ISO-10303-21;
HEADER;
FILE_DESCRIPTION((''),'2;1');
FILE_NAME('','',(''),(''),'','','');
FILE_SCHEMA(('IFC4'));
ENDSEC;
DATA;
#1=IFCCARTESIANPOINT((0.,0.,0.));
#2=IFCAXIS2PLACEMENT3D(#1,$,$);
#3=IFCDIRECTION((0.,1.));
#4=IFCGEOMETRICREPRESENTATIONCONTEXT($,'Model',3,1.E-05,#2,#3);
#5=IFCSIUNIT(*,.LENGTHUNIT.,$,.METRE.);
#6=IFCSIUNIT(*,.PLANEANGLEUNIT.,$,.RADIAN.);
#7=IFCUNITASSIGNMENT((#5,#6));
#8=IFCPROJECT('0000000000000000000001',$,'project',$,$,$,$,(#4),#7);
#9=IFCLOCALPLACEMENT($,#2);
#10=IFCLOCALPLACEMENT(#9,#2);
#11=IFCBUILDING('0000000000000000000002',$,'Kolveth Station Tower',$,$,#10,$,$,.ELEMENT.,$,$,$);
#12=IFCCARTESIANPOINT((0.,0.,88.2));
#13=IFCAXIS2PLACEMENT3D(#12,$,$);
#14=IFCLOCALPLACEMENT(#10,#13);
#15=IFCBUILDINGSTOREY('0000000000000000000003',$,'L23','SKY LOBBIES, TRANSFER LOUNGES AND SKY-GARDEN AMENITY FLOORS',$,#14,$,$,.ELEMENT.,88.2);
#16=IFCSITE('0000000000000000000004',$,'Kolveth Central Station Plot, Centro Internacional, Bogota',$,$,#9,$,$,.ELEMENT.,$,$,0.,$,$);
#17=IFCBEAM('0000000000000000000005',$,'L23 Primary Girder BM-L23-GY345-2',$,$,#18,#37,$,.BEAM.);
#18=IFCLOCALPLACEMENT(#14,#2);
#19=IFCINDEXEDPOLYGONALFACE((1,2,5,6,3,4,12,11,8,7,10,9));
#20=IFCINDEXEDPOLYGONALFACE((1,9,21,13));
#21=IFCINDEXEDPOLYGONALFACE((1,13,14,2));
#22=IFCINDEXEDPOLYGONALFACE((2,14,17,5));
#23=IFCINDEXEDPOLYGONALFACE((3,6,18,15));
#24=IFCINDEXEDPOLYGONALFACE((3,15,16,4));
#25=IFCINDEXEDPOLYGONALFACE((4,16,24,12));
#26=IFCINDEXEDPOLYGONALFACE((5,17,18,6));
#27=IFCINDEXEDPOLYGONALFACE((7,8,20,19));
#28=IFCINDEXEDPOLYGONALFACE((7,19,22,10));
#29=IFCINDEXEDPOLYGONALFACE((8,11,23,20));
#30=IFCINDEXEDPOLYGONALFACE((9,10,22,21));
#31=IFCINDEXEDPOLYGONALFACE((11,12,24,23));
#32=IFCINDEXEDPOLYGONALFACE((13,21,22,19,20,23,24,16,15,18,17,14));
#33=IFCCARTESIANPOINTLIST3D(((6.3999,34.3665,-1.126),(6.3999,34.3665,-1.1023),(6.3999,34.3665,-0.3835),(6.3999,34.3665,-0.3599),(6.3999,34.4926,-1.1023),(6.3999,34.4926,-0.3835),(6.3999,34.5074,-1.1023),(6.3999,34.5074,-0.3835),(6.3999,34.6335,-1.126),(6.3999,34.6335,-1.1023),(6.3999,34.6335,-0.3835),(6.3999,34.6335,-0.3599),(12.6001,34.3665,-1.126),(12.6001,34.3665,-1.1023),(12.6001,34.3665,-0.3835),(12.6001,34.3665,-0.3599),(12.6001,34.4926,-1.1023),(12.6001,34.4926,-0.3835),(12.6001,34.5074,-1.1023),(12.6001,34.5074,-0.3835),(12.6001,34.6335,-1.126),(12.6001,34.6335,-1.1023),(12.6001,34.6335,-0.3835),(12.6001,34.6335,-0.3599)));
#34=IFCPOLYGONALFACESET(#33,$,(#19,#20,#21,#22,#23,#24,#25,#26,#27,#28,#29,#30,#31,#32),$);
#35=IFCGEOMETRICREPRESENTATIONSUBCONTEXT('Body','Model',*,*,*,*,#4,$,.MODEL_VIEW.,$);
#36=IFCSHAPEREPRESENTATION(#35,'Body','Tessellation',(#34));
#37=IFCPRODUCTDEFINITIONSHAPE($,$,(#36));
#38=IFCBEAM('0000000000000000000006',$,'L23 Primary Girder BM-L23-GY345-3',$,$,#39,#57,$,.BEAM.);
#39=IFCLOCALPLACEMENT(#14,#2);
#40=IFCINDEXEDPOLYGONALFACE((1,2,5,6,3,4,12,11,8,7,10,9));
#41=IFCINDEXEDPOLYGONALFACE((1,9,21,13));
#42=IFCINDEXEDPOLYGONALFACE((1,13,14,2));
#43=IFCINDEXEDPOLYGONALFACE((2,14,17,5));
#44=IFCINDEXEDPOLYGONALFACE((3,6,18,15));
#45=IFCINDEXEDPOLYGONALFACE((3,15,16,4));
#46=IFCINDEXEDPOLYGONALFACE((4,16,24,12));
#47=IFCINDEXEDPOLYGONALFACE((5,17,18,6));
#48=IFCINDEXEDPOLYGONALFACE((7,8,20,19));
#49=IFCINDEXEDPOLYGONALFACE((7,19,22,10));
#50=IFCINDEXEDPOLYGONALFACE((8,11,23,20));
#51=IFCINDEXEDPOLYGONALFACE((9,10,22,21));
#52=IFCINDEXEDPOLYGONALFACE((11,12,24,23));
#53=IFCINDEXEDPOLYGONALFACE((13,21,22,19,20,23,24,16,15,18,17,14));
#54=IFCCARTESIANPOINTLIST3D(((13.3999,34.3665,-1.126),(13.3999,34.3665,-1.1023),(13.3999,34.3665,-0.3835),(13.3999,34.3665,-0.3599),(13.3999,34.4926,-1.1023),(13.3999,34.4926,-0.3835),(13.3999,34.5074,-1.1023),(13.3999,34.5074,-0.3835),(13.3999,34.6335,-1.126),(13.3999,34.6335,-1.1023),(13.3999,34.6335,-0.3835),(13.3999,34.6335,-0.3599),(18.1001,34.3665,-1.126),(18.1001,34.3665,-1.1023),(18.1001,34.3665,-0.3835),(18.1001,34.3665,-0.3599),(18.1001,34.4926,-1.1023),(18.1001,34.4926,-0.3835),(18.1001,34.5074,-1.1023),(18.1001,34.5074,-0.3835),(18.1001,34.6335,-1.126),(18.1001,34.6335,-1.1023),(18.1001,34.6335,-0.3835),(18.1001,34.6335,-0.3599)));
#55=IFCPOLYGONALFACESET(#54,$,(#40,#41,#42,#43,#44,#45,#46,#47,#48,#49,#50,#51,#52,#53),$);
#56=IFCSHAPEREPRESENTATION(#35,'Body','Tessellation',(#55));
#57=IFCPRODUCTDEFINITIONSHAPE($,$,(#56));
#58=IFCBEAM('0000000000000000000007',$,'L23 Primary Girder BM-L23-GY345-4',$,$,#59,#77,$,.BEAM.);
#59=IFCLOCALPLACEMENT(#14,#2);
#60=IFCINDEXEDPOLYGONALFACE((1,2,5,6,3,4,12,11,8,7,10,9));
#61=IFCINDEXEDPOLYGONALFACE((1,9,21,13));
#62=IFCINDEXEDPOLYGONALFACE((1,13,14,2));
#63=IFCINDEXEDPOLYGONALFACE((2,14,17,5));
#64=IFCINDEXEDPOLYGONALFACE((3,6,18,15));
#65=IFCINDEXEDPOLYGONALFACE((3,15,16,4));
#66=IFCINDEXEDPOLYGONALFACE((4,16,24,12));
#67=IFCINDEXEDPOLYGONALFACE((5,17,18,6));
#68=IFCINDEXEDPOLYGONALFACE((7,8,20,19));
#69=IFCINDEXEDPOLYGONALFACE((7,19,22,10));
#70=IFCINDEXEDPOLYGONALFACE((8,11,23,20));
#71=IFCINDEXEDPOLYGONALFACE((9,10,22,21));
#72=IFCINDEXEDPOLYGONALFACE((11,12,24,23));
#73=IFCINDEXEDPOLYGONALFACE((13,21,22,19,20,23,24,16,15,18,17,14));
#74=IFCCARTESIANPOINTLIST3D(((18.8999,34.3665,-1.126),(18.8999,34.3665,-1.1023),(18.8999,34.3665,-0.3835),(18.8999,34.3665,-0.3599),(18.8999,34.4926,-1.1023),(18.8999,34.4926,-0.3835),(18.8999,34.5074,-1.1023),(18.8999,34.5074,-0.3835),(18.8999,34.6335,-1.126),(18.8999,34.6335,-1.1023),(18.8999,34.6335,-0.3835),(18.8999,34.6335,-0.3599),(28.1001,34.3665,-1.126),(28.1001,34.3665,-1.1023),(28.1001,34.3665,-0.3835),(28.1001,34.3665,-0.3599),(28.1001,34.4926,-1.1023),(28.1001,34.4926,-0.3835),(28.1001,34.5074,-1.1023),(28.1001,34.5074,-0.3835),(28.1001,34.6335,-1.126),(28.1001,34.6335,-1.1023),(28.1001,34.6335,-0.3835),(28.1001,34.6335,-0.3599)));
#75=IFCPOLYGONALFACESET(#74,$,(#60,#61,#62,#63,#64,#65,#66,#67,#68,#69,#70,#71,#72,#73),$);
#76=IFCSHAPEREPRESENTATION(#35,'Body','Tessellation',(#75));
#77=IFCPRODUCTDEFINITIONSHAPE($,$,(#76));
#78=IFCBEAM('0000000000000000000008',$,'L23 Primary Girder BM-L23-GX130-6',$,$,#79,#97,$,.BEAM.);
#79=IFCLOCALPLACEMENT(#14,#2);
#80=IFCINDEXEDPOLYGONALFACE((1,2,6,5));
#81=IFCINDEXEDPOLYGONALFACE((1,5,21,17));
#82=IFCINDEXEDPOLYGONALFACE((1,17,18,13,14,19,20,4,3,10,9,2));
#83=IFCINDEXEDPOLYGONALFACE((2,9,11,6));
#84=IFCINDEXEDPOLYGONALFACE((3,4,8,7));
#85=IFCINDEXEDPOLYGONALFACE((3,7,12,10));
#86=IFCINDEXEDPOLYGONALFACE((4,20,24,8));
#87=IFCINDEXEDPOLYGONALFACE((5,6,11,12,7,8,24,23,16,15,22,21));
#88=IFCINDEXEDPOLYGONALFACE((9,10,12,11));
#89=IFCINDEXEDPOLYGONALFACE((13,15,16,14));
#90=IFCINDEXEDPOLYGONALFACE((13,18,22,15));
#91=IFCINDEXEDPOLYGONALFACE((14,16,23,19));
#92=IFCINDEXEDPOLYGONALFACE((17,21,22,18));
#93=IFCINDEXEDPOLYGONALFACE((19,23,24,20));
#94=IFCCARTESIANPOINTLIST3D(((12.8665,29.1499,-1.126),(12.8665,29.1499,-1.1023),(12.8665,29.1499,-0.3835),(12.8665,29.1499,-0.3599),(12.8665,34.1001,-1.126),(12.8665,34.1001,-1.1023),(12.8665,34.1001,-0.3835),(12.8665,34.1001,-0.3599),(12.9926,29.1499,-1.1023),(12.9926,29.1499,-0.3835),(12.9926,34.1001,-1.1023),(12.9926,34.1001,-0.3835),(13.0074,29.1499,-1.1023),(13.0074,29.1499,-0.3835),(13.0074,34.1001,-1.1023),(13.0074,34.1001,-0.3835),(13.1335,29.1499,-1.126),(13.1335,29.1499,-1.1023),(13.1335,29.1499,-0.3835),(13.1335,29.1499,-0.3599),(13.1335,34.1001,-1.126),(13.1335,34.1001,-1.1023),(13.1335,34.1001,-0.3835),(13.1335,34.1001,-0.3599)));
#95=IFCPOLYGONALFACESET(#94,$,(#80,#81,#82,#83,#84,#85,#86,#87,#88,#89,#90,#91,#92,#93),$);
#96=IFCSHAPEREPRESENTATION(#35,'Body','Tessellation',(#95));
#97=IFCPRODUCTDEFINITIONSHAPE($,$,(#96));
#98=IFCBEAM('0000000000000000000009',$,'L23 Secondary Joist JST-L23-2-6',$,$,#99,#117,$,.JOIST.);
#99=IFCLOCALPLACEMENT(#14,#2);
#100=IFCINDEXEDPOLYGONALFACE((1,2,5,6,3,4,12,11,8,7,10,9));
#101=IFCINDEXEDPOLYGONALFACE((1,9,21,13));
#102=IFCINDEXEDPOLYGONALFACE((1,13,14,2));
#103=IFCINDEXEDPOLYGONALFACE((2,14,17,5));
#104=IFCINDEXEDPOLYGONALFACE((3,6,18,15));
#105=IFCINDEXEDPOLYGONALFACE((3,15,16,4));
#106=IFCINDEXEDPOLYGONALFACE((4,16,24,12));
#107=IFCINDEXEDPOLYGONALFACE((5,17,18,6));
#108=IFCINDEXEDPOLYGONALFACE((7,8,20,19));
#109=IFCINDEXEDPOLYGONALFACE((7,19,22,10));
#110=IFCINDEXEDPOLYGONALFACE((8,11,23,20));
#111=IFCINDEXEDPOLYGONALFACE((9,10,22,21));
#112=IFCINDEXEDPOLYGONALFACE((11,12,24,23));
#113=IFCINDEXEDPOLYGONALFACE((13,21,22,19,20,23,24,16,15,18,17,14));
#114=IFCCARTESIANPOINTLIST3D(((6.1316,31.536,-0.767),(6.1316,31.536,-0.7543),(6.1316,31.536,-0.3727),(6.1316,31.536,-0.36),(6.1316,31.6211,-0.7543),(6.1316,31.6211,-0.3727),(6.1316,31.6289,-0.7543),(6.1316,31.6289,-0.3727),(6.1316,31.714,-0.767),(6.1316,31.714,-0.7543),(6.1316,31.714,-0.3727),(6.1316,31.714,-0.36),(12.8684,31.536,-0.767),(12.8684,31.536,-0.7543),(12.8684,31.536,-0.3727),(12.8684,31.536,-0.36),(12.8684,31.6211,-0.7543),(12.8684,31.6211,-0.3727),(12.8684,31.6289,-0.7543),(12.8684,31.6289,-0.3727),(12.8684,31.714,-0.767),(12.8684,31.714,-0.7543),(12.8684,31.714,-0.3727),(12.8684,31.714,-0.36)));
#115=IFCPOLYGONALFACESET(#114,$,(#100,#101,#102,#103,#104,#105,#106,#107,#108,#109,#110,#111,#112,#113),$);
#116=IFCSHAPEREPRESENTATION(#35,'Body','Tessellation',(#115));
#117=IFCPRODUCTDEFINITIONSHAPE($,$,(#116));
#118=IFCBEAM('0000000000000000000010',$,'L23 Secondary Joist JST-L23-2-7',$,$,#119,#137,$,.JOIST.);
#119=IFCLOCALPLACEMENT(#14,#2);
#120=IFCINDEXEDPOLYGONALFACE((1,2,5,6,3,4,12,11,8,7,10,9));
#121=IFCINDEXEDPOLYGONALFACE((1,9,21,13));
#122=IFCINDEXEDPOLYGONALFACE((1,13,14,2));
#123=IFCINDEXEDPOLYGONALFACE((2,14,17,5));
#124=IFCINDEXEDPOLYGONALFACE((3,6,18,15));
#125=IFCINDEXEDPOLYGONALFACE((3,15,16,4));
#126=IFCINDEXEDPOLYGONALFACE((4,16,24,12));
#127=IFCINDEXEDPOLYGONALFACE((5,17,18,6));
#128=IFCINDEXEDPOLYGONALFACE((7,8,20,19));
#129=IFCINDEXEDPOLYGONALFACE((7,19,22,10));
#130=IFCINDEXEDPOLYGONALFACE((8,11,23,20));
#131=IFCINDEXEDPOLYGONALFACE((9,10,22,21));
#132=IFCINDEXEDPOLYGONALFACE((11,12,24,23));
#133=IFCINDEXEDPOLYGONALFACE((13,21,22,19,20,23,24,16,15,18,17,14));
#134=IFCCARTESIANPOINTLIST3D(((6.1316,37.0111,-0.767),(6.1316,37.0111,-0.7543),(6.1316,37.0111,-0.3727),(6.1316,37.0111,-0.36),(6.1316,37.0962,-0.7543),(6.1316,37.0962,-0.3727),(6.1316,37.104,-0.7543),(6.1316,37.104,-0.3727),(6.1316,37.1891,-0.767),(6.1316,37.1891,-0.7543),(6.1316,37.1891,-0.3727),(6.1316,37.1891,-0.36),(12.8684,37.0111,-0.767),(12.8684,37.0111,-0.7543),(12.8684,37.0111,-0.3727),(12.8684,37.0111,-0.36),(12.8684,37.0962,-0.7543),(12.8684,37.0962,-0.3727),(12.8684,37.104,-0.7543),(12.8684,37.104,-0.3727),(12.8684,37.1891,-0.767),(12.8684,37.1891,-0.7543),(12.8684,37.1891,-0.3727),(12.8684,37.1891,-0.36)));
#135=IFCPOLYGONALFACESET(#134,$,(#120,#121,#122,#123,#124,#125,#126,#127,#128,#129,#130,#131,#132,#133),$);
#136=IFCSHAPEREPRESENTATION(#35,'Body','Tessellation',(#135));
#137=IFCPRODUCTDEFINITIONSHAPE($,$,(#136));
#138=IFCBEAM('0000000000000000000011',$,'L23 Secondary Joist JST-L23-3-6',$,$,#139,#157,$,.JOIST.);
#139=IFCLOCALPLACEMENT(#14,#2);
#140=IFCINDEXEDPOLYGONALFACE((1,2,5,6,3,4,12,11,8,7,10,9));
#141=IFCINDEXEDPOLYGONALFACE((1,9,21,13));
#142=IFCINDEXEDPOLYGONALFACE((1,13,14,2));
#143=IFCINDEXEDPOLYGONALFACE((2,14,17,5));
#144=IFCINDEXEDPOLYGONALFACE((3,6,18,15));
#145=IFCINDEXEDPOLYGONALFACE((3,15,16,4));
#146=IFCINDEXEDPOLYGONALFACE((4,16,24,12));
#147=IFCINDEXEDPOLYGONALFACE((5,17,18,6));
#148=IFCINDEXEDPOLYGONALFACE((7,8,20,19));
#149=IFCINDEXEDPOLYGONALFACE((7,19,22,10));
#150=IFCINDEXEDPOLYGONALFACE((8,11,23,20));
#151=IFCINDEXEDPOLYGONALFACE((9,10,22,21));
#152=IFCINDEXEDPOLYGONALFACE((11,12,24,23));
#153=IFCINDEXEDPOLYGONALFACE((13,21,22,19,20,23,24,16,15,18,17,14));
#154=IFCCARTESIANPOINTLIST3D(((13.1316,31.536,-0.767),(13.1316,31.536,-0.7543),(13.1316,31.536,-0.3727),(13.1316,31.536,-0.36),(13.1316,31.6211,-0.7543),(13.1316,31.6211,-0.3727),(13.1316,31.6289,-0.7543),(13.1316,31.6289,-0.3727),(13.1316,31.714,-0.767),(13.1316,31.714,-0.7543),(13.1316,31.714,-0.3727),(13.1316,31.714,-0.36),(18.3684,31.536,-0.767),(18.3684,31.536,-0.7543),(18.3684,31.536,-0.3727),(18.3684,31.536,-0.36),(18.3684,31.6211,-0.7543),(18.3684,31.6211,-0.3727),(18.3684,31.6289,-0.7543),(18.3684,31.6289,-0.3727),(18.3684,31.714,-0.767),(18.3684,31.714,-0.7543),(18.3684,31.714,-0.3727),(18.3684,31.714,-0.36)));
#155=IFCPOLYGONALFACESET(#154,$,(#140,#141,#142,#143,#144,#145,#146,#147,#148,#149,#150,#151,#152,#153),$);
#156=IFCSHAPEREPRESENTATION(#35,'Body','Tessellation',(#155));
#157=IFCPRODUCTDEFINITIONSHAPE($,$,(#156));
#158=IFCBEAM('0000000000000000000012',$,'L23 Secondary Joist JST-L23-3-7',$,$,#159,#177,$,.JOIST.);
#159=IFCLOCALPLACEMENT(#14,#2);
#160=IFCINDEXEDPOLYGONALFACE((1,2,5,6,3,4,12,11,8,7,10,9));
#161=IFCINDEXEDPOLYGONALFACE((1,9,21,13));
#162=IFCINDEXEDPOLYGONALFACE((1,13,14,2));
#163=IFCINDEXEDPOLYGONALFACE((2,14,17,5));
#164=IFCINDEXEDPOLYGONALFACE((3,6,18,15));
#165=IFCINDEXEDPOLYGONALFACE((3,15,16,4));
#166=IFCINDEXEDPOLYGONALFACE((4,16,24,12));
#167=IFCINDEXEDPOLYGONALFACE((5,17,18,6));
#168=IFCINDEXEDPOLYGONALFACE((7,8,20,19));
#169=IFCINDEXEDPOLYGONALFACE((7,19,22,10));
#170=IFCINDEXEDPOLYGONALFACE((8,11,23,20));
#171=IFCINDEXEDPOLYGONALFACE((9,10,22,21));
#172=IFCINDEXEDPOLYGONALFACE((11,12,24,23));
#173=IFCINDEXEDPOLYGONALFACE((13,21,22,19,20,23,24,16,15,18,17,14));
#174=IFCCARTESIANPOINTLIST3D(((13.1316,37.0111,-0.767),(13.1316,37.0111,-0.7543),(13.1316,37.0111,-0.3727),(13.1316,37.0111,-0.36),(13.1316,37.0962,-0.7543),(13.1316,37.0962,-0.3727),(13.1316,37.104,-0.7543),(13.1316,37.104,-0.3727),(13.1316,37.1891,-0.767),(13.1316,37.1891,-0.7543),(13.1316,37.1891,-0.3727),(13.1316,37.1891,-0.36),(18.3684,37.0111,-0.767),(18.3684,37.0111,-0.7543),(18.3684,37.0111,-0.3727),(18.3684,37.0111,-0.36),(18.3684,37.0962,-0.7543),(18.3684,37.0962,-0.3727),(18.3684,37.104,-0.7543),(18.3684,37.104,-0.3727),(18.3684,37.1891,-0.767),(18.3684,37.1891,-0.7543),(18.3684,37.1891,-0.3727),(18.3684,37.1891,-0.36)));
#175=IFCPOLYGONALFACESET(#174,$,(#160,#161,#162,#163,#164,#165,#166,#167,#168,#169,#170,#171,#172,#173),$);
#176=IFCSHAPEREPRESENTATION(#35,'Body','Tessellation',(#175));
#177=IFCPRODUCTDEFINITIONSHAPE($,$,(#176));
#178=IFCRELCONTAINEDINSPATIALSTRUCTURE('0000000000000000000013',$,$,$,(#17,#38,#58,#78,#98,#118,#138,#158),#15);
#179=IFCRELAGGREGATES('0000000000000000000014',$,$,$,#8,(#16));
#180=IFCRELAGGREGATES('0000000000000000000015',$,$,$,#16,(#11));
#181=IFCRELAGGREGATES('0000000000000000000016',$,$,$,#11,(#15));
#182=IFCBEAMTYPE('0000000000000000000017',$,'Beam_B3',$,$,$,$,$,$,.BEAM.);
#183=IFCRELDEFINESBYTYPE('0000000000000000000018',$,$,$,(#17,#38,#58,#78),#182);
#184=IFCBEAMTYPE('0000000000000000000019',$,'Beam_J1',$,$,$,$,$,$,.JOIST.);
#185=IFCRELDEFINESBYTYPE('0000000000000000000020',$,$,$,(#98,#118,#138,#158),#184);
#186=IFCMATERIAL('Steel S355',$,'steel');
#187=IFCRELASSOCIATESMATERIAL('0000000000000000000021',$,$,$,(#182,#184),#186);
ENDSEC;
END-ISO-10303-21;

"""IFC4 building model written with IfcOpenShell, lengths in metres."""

from ifc_helpers import new_model, si_unit, direction, frame, origin, origin_2d, place, context, subcontext, project, spatial, i_section, extrude, source, transform, mapped, material, material_profile, profile_set, type_object, element, save


model = new_model("IFC4")

# Units and contexts
model_context = context("Model", 3, precision=1e-05, world=origin(), true_north=direction((0.0, 1.0)))
body_context = subcontext(model_context, "Body", "Model", "MODEL_VIEW")
ifc_project = project(units=[si_unit("LENGTHUNIT", "METRE"), si_unit("PLANEANGLEUNIT", "RADIAN")], contexts=[model_context])

# Site, building, storey
site_placement = place(None, origin())
site = spatial("IfcSite", under=ifc_project, at=site_placement, Name="Kolveth Central Station Plot, Centro Internacional, Bogota", CompositionType="ELEMENT", RefElevation=0.0)
building_placement = place(site_placement, origin())
building = spatial("IfcBuilding", under=site, at=building_placement, Name="Kolveth Station Tower", CompositionType="ELEMENT")
storey_placement = place(building_placement, frame((0.0, 0.0, 88.2)))
storey = spatial("IfcBuildingStorey", under=building, at=storey_placement, Name="L23", Description="SKY LOBBIES, TRANSFER LOUNGES AND SKY-GARDEN AMENITY FLOORS", CompositionType="ELEMENT", Elevation=88.2)

# Beams
ifc_material_1 = material(Name="Steel S355", Category="steel")
ifc_material_profile_1 = material_profile(ifc_material_1, i_section(OverallWidth=0.2671, OverallDepth=0.7661, WebThickness=0.0149, FlangeThickness=0.0237, at=origin_2d()), Name="W760x185")
ifc_profile_set_1 = profile_set([ifc_material_profile_1], Name="Steel S355")
beam_type_1 = type_object("IfcBeamType", Name="Beam_B3", PredefinedType="BEAM", material=ifc_profile_set_1)
shared_shape_1 = source(origin(), body_context, "Body", "SweptSolid", [
    extrude(i_section(OverallWidth=0.2671, OverallDepth=0.7661, WebThickness=0.0149, FlangeThickness=0.0237, at=origin_2d()), origin(), (0.0, 0.0, 1.0), 6.2002),
])
beam_1_placement = place(storey_placement, frame((6.3999, 34.5, -0.7429), z_axis=(1.0, 0.0, 0.0), x_axis=(0.0, 1.0, 0.0)))
element("IfcBeam", 1, at=beam_1_placement, inside=storey, type_object=beam_type_1, Name="L23 Primary Girder BM-L23-GY345-2", PredefinedType="BEAM", context=body_context, shape_type="MappedRepresentation", body=[
    mapped(shared_shape_1, transform((0.0, 0.0, 0.0), x_axis=(1.0, 0.0, 0.0), y_axis=(0.0, 1.0, 0.0), z_axis=(0.0, 0.0, 1.0), scale=1.0)),
])
shared_shape_2 = source(origin(), body_context, "Body", "SweptSolid", [
    extrude(i_section(OverallWidth=0.2671, OverallDepth=0.7661, WebThickness=0.0149, FlangeThickness=0.0237, at=origin_2d()), origin(), (0.0, 0.0, 1.0), 4.7002),
])
beam_2_placement = place(storey_placement, frame((13.3999, 34.5, -0.7429), z_axis=(1.0, 0.0, 0.0), x_axis=(0.0, 1.0, 0.0)))
element("IfcBeam", 2, at=beam_2_placement, inside=storey, type_object=beam_type_1, Name="L23 Primary Girder BM-L23-GY345-3", PredefinedType="BEAM", context=body_context, shape_type="MappedRepresentation", body=[
    mapped(shared_shape_2, transform((0.0, 0.0, 0.0), x_axis=(1.0, 0.0, 0.0), y_axis=(0.0, 1.0, 0.0), z_axis=(0.0, 0.0, 1.0), scale=1.0)),
])
shared_shape_3 = source(origin(), body_context, "Body", "SweptSolid", [
    extrude(i_section(OverallWidth=0.2671, OverallDepth=0.7661, WebThickness=0.0149, FlangeThickness=0.0237, at=origin_2d()), origin(), (0.0, 0.0, 1.0), 9.2002),
])
beam_3_placement = place(storey_placement, frame((18.8999, 34.5, -0.7429), z_axis=(1.0, 0.0, 0.0), x_axis=(0.0, 1.0, 0.0)))
element("IfcBeam", 3, at=beam_3_placement, inside=storey, type_object=beam_type_1, Name="L23 Primary Girder BM-L23-GY345-4", PredefinedType="BEAM", context=body_context, shape_type="MappedRepresentation", body=[
    mapped(shared_shape_3, transform((0.0, 0.0, 0.0), x_axis=(1.0, 0.0, 0.0), y_axis=(0.0, 1.0, 0.0), z_axis=(0.0, 0.0, 1.0), scale=1.0)),
])
shared_shape_4 = source(origin(), body_context, "Body", "SweptSolid", [
    extrude(i_section(OverallWidth=0.2671, OverallDepth=0.7661, WebThickness=0.0149, FlangeThickness=0.0237, at=origin_2d()), origin(), (0.0, 0.0, 1.0), 4.9502),
])
beam_4_placement = place(storey_placement, frame((13.0, 29.1499, -0.7429), z_axis=(0.0, 1.0, 0.0), x_axis=(-1.0, 0.0, 0.0)))
element("IfcBeam", 4, at=beam_4_placement, inside=storey, type_object=beam_type_1, Name="L23 Primary Girder BM-L23-GX130-6", PredefinedType="BEAM", context=body_context, shape_type="MappedRepresentation", body=[
    mapped(shared_shape_4, transform((0.0, 0.0, 0.0), x_axis=(1.0, 0.0, 0.0), y_axis=(0.0, 1.0, 0.0), z_axis=(0.0, 0.0, 1.0), scale=1.0)),
])
ifc_material_profile_2 = material_profile(ifc_material_1, i_section(OverallWidth=0.178, OverallDepth=0.407, WebThickness=0.0078, FlangeThickness=0.0127, at=origin_2d()), Name="W410x60")
ifc_profile_set_2 = profile_set([ifc_material_profile_2], Name="Steel S355")
beam_type_2 = type_object("IfcBeamType", Name="Beam_J1", PredefinedType="JOIST", material=ifc_profile_set_2)
shared_shape_5 = source(origin(), body_context, "Body", "SweptSolid", [
    extrude(i_section(OverallWidth=0.178, OverallDepth=0.407, WebThickness=0.0078, FlangeThickness=0.0127, at=origin_2d()), origin(), (0.0, 0.0, 1.0), 6.7368),
])
for number, where, z_axis, x_axis, name in (
    (5, (6.1316, 31.625, -0.5635), (1.0, 0.0, 0.0), (0.0, 1.0, 0.0), "L23 Secondary Joist JST-L23-2-6"),
    (6, (6.1316, 37.1001, -0.5635), (1.0, 0.0, 0.0), (0.0, 1.0, 0.0), "L23 Secondary Joist JST-L23-2-7"),
):
    element("IfcBeam", number, at=place(storey_placement, frame(where, z_axis=z_axis, x_axis=x_axis)), inside=storey, type_object=beam_type_2, Name=name, PredefinedType="JOIST", context=body_context, shape_type="MappedRepresentation", body=[
        mapped(shared_shape_5, transform((0.0, 0.0, 0.0), x_axis=(1.0, 0.0, 0.0), y_axis=(0.0, 1.0, 0.0), z_axis=(0.0, 0.0, 1.0), scale=1.0)),
    ])
shared_shape_6 = source(origin(), body_context, "Body", "SweptSolid", [
    extrude(i_section(OverallWidth=0.178, OverallDepth=0.407, WebThickness=0.0078, FlangeThickness=0.0127, at=origin_2d()), origin(), (0.0, 0.0, 1.0), 5.2368),
])
for number, where, z_axis, x_axis, name in (
    (7, (13.1316, 31.625, -0.5635), (1.0, 0.0, 0.0), (0.0, 1.0, 0.0), "L23 Secondary Joist JST-L23-3-6"),
    (8, (13.1316, 37.1001, -0.5635), (1.0, 0.0, 0.0), (0.0, 1.0, 0.0), "L23 Secondary Joist JST-L23-3-7"),
):
    element("IfcBeam", number, at=place(storey_placement, frame(where, z_axis=z_axis, x_axis=x_axis)), inside=storey, type_object=beam_type_2, Name=name, PredefinedType="JOIST", context=body_context, shape_type="MappedRepresentation", body=[
        mapped(shared_shape_6, transform((0.0, 0.0, 0.0), x_axis=(1.0, 0.0, 0.0), y_axis=(0.0, 1.0, 0.0), z_axis=(0.0, 0.0, 1.0), scale=1.0)),
    ])

save(model, "model.ifc")
